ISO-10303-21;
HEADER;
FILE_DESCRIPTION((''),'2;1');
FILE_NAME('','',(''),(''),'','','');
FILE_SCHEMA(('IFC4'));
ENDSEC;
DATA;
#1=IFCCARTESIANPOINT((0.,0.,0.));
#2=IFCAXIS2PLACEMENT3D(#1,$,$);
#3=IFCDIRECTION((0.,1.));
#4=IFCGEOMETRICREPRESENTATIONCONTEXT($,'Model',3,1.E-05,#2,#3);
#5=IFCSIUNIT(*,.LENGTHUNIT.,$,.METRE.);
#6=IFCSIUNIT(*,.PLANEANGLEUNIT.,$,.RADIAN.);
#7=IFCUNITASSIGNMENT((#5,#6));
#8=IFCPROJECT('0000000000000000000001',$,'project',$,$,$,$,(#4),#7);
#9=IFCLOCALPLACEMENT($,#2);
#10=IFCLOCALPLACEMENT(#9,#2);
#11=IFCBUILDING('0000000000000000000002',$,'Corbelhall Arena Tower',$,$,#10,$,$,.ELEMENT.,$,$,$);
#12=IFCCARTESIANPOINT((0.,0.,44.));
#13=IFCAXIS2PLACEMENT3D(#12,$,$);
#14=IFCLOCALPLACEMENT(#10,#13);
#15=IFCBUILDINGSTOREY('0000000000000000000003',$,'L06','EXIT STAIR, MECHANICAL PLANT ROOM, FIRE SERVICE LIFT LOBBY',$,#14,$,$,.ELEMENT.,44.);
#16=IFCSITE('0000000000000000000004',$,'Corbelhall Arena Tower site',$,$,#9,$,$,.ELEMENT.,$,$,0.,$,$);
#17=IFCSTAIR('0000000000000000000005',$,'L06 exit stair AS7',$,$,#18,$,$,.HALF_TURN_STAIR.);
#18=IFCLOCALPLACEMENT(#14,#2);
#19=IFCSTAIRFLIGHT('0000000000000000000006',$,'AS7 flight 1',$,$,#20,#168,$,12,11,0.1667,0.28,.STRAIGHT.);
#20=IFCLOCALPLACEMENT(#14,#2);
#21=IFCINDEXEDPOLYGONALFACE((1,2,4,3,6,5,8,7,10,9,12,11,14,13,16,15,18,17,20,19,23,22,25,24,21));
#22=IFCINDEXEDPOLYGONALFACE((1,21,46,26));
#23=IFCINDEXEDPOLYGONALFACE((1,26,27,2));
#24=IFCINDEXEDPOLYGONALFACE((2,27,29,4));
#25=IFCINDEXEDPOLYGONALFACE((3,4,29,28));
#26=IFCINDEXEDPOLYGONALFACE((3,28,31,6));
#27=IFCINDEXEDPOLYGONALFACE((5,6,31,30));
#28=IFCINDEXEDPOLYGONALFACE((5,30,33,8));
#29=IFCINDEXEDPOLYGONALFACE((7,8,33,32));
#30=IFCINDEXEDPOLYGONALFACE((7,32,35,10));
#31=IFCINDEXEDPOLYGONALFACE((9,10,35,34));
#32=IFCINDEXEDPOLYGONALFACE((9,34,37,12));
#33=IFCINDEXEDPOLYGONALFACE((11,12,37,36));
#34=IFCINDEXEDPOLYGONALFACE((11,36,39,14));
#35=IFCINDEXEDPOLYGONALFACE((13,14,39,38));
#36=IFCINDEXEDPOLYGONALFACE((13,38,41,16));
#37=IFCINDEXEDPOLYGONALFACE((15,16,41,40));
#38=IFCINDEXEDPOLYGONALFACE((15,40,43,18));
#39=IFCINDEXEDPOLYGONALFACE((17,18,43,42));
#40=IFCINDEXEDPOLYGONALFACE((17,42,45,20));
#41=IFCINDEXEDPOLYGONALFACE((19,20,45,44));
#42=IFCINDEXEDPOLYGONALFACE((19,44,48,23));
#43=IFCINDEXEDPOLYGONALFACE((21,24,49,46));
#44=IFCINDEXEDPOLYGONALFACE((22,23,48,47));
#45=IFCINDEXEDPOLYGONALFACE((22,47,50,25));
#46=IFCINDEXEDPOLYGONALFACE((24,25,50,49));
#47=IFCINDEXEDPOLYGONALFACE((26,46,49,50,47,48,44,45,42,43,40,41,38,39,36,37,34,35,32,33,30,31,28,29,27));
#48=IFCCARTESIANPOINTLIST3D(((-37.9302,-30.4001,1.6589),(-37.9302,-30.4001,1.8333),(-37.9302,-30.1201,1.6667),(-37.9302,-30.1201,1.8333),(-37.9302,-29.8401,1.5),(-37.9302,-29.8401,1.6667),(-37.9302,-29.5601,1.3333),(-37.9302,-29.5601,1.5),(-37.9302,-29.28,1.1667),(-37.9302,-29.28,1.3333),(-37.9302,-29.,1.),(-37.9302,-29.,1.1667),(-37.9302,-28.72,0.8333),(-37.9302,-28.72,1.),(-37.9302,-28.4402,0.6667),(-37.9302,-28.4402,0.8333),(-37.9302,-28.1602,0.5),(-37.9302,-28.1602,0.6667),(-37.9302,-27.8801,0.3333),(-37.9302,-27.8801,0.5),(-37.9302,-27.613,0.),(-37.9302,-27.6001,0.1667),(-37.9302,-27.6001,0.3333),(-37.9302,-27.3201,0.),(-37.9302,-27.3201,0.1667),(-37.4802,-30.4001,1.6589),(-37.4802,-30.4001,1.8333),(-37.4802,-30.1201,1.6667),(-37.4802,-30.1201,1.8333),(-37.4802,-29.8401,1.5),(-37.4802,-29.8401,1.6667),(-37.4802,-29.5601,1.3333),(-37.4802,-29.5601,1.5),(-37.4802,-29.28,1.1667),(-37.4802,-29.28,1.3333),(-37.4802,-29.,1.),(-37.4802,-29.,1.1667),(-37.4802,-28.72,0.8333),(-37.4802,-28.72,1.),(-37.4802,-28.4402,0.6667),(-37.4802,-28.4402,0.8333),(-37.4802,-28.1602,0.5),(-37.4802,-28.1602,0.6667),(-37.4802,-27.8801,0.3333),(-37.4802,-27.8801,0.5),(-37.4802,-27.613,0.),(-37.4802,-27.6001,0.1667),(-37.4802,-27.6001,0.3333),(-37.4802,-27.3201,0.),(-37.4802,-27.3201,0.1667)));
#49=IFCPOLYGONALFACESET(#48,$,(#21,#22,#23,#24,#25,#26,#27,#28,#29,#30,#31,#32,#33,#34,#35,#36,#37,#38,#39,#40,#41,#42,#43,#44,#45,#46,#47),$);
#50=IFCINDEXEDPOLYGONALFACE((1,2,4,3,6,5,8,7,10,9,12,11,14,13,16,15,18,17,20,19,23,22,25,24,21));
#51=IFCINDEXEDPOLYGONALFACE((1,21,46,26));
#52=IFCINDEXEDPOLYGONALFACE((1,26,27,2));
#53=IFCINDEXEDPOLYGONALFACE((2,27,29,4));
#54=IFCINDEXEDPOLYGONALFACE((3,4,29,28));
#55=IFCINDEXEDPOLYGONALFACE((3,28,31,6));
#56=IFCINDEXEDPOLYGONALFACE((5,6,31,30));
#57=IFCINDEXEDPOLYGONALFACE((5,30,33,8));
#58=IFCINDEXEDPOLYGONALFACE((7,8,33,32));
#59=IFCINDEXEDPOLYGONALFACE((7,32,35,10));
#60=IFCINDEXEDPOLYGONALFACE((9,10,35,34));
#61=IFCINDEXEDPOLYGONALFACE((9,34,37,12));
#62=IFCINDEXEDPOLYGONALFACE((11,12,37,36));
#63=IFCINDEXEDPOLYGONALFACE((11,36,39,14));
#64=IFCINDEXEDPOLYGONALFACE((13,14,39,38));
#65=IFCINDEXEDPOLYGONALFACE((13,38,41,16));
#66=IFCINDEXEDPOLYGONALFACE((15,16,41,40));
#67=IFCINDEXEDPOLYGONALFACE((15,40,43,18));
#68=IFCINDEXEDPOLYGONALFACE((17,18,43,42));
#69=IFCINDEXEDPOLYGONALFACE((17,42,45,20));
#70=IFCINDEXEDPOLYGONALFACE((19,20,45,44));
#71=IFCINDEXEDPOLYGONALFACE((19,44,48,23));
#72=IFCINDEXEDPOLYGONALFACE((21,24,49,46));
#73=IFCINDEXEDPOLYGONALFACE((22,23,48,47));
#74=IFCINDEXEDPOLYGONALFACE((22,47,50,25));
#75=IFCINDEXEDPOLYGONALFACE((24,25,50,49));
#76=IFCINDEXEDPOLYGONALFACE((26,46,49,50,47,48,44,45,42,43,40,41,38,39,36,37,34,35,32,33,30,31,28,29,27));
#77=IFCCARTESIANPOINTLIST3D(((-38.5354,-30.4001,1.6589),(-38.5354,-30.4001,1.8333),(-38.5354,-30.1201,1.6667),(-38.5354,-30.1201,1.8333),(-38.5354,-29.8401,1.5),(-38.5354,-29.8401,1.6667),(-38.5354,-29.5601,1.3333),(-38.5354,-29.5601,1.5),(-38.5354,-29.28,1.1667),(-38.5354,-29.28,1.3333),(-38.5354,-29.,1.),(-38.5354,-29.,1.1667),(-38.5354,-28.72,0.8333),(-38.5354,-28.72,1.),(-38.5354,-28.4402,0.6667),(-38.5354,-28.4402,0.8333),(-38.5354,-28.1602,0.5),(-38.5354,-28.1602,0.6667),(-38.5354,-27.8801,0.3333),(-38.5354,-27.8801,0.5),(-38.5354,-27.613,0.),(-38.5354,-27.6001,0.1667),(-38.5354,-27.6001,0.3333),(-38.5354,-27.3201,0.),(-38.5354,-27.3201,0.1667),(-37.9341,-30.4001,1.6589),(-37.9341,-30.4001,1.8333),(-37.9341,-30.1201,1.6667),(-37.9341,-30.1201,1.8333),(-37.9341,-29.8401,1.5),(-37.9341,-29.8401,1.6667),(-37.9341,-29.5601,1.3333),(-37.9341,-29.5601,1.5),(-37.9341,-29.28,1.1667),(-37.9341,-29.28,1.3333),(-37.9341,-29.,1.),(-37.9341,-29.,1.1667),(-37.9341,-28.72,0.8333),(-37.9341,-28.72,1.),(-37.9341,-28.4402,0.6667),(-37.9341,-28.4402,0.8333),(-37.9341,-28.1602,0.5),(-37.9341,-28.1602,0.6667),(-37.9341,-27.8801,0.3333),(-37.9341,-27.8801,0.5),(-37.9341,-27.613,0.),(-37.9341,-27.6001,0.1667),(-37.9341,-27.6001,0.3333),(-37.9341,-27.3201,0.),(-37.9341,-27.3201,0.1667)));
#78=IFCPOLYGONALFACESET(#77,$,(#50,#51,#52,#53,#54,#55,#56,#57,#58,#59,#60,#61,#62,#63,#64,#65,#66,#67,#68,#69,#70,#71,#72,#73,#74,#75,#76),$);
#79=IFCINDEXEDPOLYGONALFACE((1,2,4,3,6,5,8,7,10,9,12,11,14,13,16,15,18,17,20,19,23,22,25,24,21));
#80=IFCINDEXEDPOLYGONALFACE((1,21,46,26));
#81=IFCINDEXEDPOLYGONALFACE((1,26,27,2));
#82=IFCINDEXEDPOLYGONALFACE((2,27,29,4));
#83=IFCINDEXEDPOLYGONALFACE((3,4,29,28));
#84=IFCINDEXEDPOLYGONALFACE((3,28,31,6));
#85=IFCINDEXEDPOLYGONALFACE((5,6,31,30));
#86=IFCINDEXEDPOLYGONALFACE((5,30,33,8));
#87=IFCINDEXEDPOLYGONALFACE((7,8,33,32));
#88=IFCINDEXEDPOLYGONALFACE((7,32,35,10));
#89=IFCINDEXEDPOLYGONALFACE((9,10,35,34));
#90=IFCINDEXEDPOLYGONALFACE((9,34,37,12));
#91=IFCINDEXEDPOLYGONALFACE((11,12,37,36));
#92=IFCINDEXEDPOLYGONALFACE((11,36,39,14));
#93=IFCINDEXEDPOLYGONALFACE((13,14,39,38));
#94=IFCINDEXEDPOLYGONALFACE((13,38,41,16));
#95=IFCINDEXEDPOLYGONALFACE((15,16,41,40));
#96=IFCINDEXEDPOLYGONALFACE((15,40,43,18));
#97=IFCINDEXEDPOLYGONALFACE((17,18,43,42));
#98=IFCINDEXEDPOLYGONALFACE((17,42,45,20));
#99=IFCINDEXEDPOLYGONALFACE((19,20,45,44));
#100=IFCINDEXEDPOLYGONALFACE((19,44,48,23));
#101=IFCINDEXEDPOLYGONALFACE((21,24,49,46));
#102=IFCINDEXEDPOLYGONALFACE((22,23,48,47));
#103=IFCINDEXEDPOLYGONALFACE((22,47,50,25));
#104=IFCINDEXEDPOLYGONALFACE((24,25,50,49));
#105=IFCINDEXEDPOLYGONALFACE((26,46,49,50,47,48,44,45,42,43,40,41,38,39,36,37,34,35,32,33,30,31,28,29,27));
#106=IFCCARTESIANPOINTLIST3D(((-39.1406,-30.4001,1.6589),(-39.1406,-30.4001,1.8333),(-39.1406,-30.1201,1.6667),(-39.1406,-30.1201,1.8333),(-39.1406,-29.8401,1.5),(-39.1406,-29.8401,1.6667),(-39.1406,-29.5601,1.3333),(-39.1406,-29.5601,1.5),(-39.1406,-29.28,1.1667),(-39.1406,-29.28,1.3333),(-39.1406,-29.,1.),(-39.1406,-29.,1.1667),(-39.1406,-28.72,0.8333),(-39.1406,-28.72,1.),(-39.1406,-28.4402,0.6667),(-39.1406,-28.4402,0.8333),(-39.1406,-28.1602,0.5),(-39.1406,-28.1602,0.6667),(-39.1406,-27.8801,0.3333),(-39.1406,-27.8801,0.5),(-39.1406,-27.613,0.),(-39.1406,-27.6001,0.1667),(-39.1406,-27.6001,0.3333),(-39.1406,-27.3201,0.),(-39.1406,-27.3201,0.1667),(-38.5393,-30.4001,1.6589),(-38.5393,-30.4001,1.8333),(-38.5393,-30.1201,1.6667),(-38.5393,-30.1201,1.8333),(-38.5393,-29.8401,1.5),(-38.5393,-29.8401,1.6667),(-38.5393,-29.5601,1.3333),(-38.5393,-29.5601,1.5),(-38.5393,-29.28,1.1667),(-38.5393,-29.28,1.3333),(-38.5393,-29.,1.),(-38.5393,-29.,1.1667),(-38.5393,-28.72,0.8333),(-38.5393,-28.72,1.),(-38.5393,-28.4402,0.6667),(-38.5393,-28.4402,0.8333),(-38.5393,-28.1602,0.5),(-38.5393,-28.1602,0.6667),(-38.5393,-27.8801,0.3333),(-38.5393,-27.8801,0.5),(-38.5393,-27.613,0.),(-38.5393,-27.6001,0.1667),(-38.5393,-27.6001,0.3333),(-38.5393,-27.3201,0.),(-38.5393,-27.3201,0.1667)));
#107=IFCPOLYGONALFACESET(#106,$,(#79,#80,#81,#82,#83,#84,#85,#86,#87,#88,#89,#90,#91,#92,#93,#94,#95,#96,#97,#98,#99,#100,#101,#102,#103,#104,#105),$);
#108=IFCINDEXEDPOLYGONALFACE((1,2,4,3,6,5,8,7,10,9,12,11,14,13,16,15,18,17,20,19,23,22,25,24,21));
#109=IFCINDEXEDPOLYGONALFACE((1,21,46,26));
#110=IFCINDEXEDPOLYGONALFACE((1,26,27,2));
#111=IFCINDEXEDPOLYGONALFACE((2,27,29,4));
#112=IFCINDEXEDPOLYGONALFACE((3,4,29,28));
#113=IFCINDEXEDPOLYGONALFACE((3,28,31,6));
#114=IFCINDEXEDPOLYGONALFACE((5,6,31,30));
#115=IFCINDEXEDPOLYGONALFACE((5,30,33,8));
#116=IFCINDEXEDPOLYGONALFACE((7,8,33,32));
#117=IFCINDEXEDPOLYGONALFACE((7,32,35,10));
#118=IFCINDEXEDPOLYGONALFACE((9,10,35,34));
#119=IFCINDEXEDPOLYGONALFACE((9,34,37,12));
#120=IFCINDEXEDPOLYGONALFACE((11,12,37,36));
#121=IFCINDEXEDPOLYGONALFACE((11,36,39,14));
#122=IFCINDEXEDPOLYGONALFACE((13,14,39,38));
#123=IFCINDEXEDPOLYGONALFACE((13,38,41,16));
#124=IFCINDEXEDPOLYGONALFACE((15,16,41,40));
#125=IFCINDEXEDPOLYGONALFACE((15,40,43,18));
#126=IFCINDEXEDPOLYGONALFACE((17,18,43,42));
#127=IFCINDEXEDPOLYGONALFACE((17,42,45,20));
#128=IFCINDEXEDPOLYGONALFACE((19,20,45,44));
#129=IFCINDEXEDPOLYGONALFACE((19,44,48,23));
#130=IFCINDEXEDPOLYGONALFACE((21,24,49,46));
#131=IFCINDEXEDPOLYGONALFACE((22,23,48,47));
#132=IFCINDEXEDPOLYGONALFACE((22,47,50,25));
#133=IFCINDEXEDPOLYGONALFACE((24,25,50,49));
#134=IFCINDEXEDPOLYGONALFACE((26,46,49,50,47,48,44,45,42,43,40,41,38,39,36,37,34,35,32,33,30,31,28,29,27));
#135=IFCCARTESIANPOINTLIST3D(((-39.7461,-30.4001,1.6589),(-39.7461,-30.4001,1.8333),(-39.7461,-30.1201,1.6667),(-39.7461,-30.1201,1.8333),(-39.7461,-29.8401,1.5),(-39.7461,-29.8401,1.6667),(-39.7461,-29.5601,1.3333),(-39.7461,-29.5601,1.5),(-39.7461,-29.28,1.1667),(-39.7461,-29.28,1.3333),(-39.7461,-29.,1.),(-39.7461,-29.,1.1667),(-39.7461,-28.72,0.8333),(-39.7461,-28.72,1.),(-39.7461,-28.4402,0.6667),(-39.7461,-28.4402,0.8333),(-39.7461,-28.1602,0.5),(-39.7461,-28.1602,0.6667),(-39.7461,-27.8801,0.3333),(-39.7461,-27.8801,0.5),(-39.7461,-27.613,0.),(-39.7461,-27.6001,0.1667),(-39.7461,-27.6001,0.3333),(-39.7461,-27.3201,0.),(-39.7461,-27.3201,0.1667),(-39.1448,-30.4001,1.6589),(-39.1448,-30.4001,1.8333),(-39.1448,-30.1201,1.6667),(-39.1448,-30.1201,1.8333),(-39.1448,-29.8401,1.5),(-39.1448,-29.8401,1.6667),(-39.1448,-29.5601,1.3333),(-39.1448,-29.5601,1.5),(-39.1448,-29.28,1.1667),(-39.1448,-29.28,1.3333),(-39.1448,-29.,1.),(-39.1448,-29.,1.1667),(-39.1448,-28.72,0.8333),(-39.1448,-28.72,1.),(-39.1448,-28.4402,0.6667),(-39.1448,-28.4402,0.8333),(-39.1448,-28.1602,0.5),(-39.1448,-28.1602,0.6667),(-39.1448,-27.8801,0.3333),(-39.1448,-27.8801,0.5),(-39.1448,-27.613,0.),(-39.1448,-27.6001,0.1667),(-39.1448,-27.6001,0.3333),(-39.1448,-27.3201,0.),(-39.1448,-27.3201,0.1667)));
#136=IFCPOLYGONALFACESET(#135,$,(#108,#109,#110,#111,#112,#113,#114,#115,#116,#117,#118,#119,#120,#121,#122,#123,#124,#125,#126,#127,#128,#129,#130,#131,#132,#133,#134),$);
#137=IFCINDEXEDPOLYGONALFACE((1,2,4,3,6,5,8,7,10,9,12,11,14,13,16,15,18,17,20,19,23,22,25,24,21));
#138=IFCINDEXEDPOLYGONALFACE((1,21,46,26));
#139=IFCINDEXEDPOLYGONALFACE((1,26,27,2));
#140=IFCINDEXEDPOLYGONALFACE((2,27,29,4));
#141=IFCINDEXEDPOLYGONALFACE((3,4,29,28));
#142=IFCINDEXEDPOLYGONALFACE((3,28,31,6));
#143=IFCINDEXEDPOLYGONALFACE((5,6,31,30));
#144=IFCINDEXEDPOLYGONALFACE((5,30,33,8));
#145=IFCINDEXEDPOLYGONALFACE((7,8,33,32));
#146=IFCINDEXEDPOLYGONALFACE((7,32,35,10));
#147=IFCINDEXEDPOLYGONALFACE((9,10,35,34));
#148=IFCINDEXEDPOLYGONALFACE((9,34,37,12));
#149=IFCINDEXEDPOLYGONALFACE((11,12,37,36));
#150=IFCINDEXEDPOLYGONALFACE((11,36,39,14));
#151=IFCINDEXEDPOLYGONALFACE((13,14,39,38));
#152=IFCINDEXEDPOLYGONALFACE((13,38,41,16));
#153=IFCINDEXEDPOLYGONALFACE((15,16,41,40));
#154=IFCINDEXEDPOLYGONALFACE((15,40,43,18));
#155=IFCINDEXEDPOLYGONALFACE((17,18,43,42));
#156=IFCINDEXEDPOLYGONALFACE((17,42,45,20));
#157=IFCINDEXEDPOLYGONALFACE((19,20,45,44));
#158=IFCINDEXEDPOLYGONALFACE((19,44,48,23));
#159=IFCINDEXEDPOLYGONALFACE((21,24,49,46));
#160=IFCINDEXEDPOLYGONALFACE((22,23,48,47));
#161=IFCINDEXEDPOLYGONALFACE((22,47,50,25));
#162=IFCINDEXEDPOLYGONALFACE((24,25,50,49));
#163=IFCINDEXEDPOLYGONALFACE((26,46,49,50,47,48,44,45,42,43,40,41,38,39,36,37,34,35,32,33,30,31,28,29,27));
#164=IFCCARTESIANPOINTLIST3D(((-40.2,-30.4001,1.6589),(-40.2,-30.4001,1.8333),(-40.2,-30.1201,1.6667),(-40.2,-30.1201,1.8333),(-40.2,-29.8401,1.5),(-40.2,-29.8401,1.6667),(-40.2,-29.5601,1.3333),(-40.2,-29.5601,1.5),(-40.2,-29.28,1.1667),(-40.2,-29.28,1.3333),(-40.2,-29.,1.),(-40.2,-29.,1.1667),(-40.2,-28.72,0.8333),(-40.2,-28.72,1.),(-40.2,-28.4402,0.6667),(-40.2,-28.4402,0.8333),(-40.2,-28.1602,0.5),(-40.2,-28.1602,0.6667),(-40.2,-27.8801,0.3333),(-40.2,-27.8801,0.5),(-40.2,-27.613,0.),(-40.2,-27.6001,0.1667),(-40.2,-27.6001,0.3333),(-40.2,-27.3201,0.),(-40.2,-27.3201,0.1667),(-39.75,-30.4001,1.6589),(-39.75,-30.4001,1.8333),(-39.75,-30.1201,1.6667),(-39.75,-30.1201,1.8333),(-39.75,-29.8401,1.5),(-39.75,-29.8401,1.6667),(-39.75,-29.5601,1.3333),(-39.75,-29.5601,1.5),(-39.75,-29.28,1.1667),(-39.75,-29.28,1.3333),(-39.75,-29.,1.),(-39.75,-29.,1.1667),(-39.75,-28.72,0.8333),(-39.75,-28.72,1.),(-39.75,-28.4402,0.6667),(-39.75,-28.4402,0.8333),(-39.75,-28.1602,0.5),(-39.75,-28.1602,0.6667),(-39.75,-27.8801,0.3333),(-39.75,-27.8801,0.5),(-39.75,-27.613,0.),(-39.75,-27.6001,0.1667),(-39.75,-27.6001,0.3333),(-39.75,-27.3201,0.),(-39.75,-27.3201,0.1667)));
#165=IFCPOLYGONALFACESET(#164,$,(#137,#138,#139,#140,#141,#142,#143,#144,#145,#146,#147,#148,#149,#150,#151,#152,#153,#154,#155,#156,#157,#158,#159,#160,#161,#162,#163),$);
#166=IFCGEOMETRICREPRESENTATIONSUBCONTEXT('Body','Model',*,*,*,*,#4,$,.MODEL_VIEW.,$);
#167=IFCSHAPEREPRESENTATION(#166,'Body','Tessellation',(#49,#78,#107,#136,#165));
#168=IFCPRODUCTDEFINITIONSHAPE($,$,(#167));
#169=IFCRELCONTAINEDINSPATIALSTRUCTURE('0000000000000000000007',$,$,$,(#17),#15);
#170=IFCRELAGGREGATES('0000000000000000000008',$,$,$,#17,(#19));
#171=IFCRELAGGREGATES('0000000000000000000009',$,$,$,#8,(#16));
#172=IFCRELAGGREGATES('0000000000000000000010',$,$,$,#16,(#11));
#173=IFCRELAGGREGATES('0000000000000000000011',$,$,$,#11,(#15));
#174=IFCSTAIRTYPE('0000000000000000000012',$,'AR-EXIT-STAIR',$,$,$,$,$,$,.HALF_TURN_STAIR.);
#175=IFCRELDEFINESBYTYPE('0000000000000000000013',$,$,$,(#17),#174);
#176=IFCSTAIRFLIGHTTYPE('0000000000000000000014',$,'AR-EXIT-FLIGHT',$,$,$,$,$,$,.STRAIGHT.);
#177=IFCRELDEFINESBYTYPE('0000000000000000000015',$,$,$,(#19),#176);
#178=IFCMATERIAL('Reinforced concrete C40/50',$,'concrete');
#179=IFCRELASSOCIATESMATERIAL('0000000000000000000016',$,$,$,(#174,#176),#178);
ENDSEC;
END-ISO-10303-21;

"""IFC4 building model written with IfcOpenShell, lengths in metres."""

from ifc_helpers import new_model, si_unit, direction, frame, origin, place, context, subcontext, project, spatial, polyline, outline, extrude, material, type_object, element, aggregate, save


model = new_model("IFC4")

# Units and contexts
model_context = context("Model", 3, precision=1e-05, world=origin(), true_north=direction((0.0, 1.0)))
body_context = subcontext(model_context, "Body", "Model", "MODEL_VIEW")
ifc_project = project(units=[si_unit("LENGTHUNIT", "METRE"), si_unit("PLANEANGLEUNIT", "RADIAN")], contexts=[model_context])

# Site, building, storey
site_placement = place(None, origin())
site = spatial("IfcSite", under=ifc_project, at=site_placement, Name="Corbelhall Arena Tower site", CompositionType="ELEMENT", RefElevation=0.0)
building_placement = place(site_placement, origin())
building = spatial("IfcBuilding", under=site, at=building_placement, Name="Corbelhall Arena Tower", CompositionType="ELEMENT")
storey_placement = place(building_placement, frame((0.0, 0.0, 44.0)))
storey = spatial("IfcBuildingStorey", under=building, at=storey_placement, Name="L06", Description="EXIT STAIR, MECHANICAL PLANT ROOM, FIRE SERVICE LIFT LOBBY", CompositionType="ELEMENT", Elevation=44.0)

# Stair, stair flight
ifc_material_1 = material(Name="Reinforced concrete C40/50", Category="concrete")
stair_type = type_object("IfcStairType", Name="AR-EXIT-STAIR", PredefinedType="HALF_TURN_STAIR", material=ifc_material_1)
stair_1_placement = place(storey_placement, origin())
stair_1 = element("IfcStair", 1, at=stair_1_placement, inside=storey, type_object=stair_type, Name="L06 exit stair AS7", PredefinedType="HALF_TURN_STAIR")
stair_flight_type = type_object("IfcStairFlightType", Name="AR-EXIT-FLIGHT", PredefinedType="STRAIGHT", material=ifc_material_1)
stair_flight_1_placement = place(storey_placement, frame((-38.8401, -27.3201, 0.0), z_axis=(0.0, 0.0, 1.0), x_axis=(0.0, -1.0, 0.0)))
stair_flight_1 = element("IfcStairFlight", 2, at=stair_flight_1_placement, type_object=stair_flight_type, Name="AS7 flight 1", NumberOfRisers=12, NumberOfTreads=11, PredefinedType="STRAIGHT", RiserHeight=0.1667, TreadLength=0.28, context=body_context, shape_type="SweptSolid", body=[
    extrude(outline(polyline([(0.0, 0.0), (0.0, 0.1667), (0.28, 0.1667), (0.28, 0.3333), (0.5601, 0.3333), (0.5601, 0.5), (0.8401, 0.5), (0.8401, 0.6667), (1.1201, 0.6667), (1.1201, 0.8333), (1.3999, 0.8333), (1.3999, 1.0), (1.6799, 1.0), (1.6799, 1.1667), (1.96, 1.1667), (1.96, 1.3333), (2.24, 1.3333), (2.24, 1.5), (2.52, 1.5), (2.52, 1.6667), (2.8, 1.6667), (2.8, 1.8333), (3.0801, 1.8333), (3.0801, 2.0), (3.0801, 1.6589), (0.293, 0.0), (0.0, 0.0)])), frame((0.0, 1.3599, 0.0), z_axis=(0.0, -1.0, 0.0), x_axis=(1.0, 0.0, 0.0)), (0.0, 0.0, 1.0), 0.45),
    extrude(outline(polyline([(0.0, 0.0), (0.0, 0.1667), (0.28, 0.1667), (0.28, 0.3333), (0.5601, 0.3333), (0.5601, 0.5), (0.8401, 0.5), (0.8401, 0.6667), (1.1201, 0.6667), (1.1201, 0.8333), (1.3999, 0.8333), (1.3999, 1.0), (1.6799, 1.0), (1.6799, 1.1667), (1.96, 1.1667), (1.96, 1.3333), (2.24, 1.3333), (2.24, 1.5), (2.52, 1.5), (2.52, 1.6667), (2.8, 1.6667), (2.8, 1.8333), (3.0801, 1.8333), (3.0801, 2.0), (3.0801, 1.6589), (0.293, 0.0), (0.0, 0.0)])), frame((0.0, 0.906, 0.0), z_axis=(0.0, -1.0, 0.0), x_axis=(1.0, 0.0, 0.0)), (0.0, 0.0, 1.0), 0.6013),
    extrude(outline(polyline([(0.0, 0.0), (0.0, 0.1667), (0.28, 0.1667), (0.28, 0.3333), (0.5601, 0.3333), (0.5601, 0.5), (0.8401, 0.5), (0.8401, 0.6667), (1.1201, 0.6667), (1.1201, 0.8333), (1.3999, 0.8333), (1.3999, 1.0), (1.6799, 1.0), (1.6799, 1.1667), (1.96, 1.1667), (1.96, 1.3333), (2.24, 1.3333), (2.24, 1.5), (2.52, 1.5), (2.52, 1.6667), (2.8, 1.6667), (2.8, 1.8333), (3.0801, 1.8333), (3.0801, 2.0), (3.0801, 1.6589), (0.293, 0.0), (0.0, 0.0)])), frame((0.0, 0.3008, 0.0), z_axis=(0.0, -1.0, 0.0), x_axis=(1.0, 0.0, 0.0)), (0.0, 0.0, 1.0), 0.6013),
    extrude(outline(polyline([(0.0, 0.0), (0.0, 0.1667), (0.28, 0.1667), (0.28, 0.3333), (0.5601, 0.3333), (0.5601, 0.5), (0.8401, 0.5), (0.8401, 0.6667), (1.1201, 0.6667), (1.1201, 0.8333), (1.3999, 0.8333), (1.3999, 1.0), (1.6799, 1.0), (1.6799, 1.1667), (1.96, 1.1667), (1.96, 1.3333), (2.24, 1.3333), (2.24, 1.5), (2.52, 1.5), (2.52, 1.6667), (2.8, 1.6667), (2.8, 1.8333), (3.0801, 1.8333), (3.0801, 2.0), (3.0801, 1.6589), (0.293, 0.0), (0.0, 0.0)])), frame((0.0, -0.3047, 0.0), z_axis=(0.0, -1.0, 0.0), x_axis=(1.0, 0.0, 0.0)), (0.0, 0.0, 1.0), 0.6013),
    extrude(outline(polyline([(0.0, 0.0), (0.0, 0.1667), (0.28, 0.1667), (0.28, 0.3333), (0.5601, 0.3333), (0.5601, 0.5), (0.8401, 0.5), (0.8401, 0.6667), (1.1201, 0.6667), (1.1201, 0.8333), (1.3999, 0.8333), (1.3999, 1.0), (1.6799, 1.0), (1.6799, 1.1667), (1.96, 1.1667), (1.96, 1.3333), (2.24, 1.3333), (2.24, 1.5), (2.52, 1.5), (2.52, 1.6667), (2.8, 1.6667), (2.8, 1.8333), (3.0801, 1.8333), (3.0801, 2.0), (3.0801, 1.6589), (0.293, 0.0), (0.0, 0.0)])), frame((0.0, -0.9099, 0.0), z_axis=(0.0, -1.0, 0.0), x_axis=(1.0, 0.0, 0.0)), (0.0, 0.0, 1.0), 0.45),
])
aggregate(stair_1, [stair_flight_1])

save(model, "model.ifc")
